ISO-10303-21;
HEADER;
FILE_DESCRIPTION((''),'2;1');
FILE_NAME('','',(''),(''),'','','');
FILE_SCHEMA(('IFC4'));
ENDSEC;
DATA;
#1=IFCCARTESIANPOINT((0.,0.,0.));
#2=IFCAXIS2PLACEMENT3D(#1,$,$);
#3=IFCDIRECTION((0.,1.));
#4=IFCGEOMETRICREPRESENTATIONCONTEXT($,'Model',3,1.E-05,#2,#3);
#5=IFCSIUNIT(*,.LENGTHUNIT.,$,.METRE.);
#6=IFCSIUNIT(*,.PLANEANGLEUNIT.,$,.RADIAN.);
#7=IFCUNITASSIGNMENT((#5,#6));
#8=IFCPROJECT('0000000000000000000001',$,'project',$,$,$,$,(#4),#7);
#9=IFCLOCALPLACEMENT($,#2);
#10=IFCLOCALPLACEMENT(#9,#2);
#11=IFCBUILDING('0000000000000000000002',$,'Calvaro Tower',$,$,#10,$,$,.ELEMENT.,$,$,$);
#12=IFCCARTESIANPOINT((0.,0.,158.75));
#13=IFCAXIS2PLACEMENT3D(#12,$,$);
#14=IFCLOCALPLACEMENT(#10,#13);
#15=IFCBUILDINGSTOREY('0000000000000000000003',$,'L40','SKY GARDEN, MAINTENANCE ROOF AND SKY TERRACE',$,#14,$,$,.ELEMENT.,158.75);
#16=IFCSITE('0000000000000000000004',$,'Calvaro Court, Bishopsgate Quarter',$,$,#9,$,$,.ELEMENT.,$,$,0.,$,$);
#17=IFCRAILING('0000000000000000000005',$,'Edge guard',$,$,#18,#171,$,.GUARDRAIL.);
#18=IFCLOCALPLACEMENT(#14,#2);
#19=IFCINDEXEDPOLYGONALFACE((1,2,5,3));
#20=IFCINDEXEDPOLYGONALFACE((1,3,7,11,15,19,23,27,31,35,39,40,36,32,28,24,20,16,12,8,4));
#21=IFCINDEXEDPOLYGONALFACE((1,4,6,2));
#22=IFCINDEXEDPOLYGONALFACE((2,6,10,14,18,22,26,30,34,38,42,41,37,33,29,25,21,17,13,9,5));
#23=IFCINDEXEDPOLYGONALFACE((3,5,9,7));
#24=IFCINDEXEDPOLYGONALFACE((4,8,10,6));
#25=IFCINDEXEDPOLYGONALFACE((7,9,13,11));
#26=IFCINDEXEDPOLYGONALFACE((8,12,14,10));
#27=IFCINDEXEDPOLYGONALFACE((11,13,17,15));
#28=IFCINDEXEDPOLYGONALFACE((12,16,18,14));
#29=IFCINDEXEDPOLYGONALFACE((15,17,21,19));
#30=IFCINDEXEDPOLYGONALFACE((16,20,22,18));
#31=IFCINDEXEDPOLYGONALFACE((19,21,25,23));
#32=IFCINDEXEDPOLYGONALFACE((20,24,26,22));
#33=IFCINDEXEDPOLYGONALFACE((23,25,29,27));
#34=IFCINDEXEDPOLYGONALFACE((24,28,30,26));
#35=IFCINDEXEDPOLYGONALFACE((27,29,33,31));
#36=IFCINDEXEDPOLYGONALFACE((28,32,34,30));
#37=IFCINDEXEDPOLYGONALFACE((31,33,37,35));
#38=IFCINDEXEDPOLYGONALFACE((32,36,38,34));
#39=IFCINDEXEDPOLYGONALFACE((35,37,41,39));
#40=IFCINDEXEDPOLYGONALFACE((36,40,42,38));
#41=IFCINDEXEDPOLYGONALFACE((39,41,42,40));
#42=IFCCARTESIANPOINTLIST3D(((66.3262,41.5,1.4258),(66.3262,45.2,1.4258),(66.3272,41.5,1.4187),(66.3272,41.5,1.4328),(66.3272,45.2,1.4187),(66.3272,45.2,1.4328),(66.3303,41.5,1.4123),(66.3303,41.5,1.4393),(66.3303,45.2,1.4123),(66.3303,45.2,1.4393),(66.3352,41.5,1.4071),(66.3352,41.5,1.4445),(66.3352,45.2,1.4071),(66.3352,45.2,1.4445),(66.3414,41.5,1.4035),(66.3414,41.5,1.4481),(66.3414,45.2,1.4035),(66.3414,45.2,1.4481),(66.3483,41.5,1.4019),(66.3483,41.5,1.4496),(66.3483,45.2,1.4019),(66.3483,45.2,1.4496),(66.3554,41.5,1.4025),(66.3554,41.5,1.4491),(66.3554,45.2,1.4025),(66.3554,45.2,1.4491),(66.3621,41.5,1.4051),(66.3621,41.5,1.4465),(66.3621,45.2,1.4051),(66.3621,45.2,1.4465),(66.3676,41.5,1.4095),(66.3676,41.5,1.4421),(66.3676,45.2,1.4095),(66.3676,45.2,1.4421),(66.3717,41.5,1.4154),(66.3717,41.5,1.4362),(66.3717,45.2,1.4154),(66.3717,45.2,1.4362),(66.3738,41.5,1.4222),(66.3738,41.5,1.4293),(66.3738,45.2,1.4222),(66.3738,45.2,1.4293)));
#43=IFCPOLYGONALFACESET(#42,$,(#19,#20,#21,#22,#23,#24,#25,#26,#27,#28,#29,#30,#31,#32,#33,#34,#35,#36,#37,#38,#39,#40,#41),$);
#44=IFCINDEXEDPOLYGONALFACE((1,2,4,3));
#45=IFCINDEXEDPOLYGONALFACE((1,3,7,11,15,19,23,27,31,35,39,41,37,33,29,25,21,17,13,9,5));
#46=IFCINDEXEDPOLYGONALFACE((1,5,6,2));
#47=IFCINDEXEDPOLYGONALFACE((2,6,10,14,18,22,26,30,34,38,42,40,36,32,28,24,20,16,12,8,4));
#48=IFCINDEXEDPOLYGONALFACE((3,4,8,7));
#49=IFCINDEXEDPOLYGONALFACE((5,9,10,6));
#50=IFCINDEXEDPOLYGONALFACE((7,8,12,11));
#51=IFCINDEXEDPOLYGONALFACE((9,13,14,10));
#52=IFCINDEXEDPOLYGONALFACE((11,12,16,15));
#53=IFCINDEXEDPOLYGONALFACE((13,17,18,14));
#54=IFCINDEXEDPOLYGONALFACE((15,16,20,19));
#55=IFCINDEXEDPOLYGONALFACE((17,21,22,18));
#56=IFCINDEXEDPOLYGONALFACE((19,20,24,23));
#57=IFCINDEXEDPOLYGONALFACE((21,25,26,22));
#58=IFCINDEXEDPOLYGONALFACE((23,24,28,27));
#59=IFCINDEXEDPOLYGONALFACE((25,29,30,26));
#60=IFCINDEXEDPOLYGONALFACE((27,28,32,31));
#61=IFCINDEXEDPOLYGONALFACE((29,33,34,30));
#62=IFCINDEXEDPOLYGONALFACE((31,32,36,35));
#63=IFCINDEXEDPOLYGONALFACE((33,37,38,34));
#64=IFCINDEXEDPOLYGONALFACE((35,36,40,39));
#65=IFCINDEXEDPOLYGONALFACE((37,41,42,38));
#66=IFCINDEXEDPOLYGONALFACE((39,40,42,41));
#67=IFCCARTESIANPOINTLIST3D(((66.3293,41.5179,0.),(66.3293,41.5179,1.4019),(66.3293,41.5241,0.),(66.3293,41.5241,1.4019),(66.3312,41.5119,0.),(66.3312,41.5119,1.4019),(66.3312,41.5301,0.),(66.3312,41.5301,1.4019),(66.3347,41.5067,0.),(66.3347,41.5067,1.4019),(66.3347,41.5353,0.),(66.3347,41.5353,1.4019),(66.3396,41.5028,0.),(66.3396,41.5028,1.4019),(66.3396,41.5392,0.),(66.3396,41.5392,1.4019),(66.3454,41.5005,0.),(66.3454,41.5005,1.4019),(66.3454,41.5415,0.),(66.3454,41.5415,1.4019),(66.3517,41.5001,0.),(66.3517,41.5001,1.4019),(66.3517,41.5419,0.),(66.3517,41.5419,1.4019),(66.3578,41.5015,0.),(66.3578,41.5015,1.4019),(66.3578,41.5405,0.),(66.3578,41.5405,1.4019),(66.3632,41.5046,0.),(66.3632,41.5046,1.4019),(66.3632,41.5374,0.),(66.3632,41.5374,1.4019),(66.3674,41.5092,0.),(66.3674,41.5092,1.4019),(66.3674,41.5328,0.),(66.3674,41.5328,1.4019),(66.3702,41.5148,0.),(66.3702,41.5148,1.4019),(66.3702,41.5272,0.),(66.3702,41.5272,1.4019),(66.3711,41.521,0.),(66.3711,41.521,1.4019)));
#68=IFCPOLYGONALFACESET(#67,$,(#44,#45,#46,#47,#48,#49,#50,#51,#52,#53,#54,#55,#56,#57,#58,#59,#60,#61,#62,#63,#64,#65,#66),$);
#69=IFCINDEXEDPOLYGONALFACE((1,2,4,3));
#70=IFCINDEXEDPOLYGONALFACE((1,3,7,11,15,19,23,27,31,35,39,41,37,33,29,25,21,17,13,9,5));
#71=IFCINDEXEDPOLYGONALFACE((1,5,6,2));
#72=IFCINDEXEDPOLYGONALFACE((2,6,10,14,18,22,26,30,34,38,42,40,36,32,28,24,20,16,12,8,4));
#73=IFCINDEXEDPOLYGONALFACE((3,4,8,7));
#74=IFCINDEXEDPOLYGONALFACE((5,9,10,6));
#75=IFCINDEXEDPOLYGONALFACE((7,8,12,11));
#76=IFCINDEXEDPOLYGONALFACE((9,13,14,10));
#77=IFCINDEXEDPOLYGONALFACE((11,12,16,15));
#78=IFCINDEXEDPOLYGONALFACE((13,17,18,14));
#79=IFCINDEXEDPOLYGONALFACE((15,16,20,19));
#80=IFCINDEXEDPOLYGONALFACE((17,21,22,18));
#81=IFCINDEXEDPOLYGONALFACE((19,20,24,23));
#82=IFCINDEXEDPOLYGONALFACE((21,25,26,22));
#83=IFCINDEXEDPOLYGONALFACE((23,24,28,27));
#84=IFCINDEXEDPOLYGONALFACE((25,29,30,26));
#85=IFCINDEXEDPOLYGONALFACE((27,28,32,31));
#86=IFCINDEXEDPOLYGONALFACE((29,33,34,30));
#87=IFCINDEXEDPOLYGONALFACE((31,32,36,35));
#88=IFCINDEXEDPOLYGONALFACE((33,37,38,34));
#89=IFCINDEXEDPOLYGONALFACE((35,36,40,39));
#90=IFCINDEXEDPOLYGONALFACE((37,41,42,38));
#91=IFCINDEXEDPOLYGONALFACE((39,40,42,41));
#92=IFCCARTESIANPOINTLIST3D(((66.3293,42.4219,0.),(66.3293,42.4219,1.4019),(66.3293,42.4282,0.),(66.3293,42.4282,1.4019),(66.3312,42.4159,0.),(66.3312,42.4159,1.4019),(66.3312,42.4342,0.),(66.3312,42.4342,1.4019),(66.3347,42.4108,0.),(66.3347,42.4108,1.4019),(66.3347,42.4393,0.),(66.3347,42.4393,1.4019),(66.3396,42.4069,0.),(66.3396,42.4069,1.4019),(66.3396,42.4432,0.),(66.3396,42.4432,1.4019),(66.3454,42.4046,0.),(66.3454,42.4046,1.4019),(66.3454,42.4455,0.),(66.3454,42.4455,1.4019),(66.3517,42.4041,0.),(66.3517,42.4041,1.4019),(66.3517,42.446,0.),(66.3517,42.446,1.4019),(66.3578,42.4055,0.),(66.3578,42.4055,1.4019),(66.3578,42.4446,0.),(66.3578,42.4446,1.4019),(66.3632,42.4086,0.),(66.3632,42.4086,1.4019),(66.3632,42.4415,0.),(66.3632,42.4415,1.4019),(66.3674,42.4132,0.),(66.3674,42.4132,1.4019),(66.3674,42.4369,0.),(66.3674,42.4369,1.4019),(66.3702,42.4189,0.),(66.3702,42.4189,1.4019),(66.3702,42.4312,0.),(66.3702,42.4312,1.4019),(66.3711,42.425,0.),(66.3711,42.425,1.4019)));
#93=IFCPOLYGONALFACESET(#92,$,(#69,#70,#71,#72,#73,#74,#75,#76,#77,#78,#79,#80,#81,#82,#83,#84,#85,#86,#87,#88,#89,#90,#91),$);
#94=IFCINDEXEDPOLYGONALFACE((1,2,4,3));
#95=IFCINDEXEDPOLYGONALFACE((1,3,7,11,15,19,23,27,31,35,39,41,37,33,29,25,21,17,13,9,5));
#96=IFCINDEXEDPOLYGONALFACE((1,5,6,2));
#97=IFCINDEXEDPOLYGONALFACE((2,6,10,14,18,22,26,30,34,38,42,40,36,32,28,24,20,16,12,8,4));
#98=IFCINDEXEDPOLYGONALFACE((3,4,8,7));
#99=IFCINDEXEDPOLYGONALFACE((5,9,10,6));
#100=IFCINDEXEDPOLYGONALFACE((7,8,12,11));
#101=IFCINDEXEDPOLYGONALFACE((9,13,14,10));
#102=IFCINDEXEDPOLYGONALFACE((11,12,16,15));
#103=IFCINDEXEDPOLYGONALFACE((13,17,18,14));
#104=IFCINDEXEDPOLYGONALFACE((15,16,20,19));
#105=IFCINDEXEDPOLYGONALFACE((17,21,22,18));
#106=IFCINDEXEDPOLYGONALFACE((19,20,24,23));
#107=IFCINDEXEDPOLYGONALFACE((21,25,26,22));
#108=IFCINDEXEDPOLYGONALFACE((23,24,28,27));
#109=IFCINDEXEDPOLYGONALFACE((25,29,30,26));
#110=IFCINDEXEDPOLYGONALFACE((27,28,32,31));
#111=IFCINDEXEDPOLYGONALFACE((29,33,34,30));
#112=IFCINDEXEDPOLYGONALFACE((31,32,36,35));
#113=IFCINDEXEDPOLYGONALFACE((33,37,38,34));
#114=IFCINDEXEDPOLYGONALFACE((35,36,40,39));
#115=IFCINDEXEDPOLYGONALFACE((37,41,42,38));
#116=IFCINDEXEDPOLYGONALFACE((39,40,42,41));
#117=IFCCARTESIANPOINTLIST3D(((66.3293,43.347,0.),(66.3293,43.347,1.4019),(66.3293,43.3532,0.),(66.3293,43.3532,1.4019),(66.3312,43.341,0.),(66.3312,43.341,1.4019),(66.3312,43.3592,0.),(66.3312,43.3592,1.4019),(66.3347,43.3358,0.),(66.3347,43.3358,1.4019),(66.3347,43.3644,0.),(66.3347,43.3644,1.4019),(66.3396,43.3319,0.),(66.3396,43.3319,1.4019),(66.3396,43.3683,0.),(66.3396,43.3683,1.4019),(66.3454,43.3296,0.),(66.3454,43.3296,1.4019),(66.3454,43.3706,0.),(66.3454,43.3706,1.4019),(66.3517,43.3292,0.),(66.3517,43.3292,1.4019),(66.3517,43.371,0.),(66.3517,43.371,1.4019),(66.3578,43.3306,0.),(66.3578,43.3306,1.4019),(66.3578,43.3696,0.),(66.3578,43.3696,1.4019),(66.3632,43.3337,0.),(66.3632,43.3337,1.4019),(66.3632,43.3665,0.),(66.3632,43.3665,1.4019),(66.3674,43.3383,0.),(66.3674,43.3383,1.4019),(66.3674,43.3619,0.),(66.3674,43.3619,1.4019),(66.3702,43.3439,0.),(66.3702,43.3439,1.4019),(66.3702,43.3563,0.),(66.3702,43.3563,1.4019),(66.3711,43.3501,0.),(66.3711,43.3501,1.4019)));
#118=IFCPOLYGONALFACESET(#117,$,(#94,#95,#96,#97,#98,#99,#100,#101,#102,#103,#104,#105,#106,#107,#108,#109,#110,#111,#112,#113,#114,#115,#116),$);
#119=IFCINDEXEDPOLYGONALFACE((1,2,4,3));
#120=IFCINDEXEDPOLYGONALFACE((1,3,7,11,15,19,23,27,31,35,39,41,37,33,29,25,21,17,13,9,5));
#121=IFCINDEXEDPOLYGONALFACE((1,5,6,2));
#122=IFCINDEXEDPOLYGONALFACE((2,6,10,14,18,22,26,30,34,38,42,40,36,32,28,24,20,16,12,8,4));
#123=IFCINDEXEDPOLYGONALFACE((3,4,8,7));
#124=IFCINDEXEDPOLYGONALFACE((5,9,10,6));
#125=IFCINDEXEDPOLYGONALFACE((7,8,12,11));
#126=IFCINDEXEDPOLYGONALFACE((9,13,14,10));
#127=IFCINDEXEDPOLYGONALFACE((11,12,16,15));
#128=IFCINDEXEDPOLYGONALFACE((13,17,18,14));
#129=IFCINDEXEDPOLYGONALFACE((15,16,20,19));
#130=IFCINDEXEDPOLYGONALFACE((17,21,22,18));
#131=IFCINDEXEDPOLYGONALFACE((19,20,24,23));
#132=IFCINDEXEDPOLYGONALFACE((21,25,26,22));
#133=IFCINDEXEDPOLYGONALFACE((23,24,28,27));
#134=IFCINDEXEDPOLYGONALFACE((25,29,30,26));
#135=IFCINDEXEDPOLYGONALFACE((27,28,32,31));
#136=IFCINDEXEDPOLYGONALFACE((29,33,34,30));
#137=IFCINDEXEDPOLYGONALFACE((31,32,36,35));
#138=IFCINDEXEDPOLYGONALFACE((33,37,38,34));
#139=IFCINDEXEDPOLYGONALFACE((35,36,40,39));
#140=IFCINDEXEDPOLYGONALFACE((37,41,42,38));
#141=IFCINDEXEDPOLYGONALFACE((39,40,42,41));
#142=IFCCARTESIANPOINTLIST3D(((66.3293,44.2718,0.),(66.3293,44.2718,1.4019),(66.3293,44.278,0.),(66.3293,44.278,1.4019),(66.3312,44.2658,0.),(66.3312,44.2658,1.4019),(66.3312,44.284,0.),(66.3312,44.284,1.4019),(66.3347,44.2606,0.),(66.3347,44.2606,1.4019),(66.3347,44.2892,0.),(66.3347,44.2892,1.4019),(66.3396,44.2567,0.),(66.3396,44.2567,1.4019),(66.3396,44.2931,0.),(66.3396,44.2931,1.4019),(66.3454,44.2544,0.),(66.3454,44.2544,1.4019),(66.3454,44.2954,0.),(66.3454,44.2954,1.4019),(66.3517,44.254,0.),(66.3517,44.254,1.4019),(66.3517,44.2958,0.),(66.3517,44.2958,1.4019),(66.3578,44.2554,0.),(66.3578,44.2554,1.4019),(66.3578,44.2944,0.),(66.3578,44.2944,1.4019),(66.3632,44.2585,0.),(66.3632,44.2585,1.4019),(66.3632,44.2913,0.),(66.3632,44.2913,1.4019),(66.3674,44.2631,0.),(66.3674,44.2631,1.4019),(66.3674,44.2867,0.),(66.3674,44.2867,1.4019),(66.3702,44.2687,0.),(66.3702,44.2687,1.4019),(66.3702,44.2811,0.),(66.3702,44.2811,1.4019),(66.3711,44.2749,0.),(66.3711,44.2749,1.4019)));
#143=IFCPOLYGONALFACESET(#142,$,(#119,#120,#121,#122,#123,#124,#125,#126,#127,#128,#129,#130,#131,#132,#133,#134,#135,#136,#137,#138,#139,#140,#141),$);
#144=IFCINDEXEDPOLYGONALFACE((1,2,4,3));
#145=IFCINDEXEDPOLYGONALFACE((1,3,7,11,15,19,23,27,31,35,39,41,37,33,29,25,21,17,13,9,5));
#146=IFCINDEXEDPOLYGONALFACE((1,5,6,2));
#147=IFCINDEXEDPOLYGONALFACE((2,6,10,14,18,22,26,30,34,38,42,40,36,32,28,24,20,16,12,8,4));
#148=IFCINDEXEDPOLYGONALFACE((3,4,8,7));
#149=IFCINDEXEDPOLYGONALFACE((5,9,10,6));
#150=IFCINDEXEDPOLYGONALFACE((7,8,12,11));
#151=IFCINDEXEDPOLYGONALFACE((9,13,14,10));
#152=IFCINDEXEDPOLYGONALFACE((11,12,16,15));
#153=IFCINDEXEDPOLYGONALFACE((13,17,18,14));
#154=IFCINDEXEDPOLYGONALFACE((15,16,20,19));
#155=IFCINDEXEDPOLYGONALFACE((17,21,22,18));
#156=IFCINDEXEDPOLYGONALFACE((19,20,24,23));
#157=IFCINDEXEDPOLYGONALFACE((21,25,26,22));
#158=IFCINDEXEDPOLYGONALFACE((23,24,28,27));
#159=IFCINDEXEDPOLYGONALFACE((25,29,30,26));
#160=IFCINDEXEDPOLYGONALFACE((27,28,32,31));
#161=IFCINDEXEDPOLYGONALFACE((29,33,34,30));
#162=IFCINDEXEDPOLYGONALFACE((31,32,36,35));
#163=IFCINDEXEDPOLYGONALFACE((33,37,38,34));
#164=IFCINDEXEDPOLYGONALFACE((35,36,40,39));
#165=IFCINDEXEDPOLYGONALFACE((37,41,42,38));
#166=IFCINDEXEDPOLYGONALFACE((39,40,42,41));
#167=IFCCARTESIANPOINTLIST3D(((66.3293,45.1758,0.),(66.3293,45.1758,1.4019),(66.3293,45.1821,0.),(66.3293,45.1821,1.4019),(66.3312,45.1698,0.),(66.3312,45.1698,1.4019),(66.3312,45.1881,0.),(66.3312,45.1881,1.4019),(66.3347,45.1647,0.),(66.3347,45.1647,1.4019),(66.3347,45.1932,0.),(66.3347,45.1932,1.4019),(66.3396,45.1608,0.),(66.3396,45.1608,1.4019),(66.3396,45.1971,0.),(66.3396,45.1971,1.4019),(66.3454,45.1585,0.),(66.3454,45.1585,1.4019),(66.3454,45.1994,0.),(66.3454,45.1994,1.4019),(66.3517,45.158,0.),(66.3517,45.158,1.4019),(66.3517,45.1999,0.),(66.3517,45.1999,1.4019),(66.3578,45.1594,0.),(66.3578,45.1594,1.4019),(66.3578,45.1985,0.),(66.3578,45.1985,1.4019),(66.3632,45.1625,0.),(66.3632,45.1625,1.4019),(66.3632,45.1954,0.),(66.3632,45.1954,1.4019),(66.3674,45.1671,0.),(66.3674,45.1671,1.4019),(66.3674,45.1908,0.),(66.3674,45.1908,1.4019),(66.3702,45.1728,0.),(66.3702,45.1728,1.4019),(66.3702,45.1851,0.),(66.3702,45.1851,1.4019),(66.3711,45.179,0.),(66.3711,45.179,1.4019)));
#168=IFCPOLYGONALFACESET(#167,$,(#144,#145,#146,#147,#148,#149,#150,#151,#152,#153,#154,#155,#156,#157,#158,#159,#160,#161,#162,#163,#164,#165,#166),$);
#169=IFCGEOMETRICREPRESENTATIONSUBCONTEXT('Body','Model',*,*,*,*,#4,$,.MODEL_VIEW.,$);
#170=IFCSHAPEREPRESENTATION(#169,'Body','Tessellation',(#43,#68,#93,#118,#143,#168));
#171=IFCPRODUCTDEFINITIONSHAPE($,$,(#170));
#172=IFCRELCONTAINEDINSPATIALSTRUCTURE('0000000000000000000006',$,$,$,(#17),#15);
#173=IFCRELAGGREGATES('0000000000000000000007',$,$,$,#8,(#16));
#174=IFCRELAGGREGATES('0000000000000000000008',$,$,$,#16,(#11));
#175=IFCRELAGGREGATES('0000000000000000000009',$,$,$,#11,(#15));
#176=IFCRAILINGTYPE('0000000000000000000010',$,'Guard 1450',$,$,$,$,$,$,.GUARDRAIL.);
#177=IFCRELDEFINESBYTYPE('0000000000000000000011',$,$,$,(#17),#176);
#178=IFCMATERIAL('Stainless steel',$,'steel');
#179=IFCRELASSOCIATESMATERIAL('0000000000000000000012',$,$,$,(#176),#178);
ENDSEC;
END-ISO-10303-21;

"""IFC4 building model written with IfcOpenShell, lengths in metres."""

from ifc_helpers import new_model, si_unit, direction, frame, origin, origin_2d, place, context, subcontext, project, spatial, circle, extrude, material, type_object, element, save


model = new_model("IFC4")

# Units and contexts
model_context = context("Model", 3, precision=1e-05, world=origin(), true_north=direction((0.0, 1.0)))
body_context = subcontext(model_context, "Body", "Model", "MODEL_VIEW")
ifc_project = project(units=[si_unit("LENGTHUNIT", "METRE"), si_unit("PLANEANGLEUNIT", "RADIAN")], contexts=[model_context])

# Site, building, storey
site_placement = place(None, origin())
site = spatial("IfcSite", under=ifc_project, at=site_placement, Name="Calvaro Court, Bishopsgate Quarter", CompositionType="ELEMENT", RefElevation=0.0)
building_placement = place(site_placement, origin())
building = spatial("IfcBuilding", under=site, at=building_placement, Name="Calvaro Tower", CompositionType="ELEMENT")
storey_placement = place(building_placement, frame((0.0, 0.0, 158.75)))
storey = spatial("IfcBuildingStorey", under=building, at=storey_placement, Name="L40", Description="SKY GARDEN, MAINTENANCE ROOF AND SKY TERRACE", CompositionType="ELEMENT", Elevation=158.75)

# Railing
ifc_material_1 = material(Name="Stainless steel", Category="steel")
railing_type_1 = type_object("IfcRailingType", Name="Guard 1450", PredefinedType="GUARDRAIL", material=ifc_material_1)
railing_1_placement = place(storey_placement, frame((66.3501, 41.5, 0.0)))
element("IfcRailing", 1, at=railing_1_placement, inside=storey, type_object=railing_type_1, Name="Edge guard", PredefinedType="GUARDRAIL", context=body_context, shape_type="SweptSolid", body=[
    extrude(circle(Radius=0.0239, at=origin_2d()), frame((0.0, 0.0, 1.4258), z_axis=(0.0, 1.0, 0.0), x_axis=(-1.0, 0.0, 0.0)), (0.0, 0.0, 1.0), 3.7),
    extrude(circle(Radius=0.021, at=origin_2d()), frame((0.0, 0.021, 0.0)), (0.0, 0.0, 1.0), 1.4019),
    extrude(circle(Radius=0.021, at=origin_2d()), frame((0.0, 0.925, 0.0)), (0.0, 0.0, 1.0), 1.4019),
    extrude(circle(Radius=0.021, at=origin_2d()), frame((0.0, 1.8501, 0.0)), (0.0, 0.0, 1.0), 1.4019),
    extrude(circle(Radius=0.021, at=origin_2d()), frame((0.0, 2.7749, 0.0)), (0.0, 0.0, 1.0), 1.4019),
    extrude(circle(Radius=0.021, at=origin_2d()), frame((0.0, 3.679, 0.0)), (0.0, 0.0, 1.0), 1.4019),
])

save(model, "model.ifc")
